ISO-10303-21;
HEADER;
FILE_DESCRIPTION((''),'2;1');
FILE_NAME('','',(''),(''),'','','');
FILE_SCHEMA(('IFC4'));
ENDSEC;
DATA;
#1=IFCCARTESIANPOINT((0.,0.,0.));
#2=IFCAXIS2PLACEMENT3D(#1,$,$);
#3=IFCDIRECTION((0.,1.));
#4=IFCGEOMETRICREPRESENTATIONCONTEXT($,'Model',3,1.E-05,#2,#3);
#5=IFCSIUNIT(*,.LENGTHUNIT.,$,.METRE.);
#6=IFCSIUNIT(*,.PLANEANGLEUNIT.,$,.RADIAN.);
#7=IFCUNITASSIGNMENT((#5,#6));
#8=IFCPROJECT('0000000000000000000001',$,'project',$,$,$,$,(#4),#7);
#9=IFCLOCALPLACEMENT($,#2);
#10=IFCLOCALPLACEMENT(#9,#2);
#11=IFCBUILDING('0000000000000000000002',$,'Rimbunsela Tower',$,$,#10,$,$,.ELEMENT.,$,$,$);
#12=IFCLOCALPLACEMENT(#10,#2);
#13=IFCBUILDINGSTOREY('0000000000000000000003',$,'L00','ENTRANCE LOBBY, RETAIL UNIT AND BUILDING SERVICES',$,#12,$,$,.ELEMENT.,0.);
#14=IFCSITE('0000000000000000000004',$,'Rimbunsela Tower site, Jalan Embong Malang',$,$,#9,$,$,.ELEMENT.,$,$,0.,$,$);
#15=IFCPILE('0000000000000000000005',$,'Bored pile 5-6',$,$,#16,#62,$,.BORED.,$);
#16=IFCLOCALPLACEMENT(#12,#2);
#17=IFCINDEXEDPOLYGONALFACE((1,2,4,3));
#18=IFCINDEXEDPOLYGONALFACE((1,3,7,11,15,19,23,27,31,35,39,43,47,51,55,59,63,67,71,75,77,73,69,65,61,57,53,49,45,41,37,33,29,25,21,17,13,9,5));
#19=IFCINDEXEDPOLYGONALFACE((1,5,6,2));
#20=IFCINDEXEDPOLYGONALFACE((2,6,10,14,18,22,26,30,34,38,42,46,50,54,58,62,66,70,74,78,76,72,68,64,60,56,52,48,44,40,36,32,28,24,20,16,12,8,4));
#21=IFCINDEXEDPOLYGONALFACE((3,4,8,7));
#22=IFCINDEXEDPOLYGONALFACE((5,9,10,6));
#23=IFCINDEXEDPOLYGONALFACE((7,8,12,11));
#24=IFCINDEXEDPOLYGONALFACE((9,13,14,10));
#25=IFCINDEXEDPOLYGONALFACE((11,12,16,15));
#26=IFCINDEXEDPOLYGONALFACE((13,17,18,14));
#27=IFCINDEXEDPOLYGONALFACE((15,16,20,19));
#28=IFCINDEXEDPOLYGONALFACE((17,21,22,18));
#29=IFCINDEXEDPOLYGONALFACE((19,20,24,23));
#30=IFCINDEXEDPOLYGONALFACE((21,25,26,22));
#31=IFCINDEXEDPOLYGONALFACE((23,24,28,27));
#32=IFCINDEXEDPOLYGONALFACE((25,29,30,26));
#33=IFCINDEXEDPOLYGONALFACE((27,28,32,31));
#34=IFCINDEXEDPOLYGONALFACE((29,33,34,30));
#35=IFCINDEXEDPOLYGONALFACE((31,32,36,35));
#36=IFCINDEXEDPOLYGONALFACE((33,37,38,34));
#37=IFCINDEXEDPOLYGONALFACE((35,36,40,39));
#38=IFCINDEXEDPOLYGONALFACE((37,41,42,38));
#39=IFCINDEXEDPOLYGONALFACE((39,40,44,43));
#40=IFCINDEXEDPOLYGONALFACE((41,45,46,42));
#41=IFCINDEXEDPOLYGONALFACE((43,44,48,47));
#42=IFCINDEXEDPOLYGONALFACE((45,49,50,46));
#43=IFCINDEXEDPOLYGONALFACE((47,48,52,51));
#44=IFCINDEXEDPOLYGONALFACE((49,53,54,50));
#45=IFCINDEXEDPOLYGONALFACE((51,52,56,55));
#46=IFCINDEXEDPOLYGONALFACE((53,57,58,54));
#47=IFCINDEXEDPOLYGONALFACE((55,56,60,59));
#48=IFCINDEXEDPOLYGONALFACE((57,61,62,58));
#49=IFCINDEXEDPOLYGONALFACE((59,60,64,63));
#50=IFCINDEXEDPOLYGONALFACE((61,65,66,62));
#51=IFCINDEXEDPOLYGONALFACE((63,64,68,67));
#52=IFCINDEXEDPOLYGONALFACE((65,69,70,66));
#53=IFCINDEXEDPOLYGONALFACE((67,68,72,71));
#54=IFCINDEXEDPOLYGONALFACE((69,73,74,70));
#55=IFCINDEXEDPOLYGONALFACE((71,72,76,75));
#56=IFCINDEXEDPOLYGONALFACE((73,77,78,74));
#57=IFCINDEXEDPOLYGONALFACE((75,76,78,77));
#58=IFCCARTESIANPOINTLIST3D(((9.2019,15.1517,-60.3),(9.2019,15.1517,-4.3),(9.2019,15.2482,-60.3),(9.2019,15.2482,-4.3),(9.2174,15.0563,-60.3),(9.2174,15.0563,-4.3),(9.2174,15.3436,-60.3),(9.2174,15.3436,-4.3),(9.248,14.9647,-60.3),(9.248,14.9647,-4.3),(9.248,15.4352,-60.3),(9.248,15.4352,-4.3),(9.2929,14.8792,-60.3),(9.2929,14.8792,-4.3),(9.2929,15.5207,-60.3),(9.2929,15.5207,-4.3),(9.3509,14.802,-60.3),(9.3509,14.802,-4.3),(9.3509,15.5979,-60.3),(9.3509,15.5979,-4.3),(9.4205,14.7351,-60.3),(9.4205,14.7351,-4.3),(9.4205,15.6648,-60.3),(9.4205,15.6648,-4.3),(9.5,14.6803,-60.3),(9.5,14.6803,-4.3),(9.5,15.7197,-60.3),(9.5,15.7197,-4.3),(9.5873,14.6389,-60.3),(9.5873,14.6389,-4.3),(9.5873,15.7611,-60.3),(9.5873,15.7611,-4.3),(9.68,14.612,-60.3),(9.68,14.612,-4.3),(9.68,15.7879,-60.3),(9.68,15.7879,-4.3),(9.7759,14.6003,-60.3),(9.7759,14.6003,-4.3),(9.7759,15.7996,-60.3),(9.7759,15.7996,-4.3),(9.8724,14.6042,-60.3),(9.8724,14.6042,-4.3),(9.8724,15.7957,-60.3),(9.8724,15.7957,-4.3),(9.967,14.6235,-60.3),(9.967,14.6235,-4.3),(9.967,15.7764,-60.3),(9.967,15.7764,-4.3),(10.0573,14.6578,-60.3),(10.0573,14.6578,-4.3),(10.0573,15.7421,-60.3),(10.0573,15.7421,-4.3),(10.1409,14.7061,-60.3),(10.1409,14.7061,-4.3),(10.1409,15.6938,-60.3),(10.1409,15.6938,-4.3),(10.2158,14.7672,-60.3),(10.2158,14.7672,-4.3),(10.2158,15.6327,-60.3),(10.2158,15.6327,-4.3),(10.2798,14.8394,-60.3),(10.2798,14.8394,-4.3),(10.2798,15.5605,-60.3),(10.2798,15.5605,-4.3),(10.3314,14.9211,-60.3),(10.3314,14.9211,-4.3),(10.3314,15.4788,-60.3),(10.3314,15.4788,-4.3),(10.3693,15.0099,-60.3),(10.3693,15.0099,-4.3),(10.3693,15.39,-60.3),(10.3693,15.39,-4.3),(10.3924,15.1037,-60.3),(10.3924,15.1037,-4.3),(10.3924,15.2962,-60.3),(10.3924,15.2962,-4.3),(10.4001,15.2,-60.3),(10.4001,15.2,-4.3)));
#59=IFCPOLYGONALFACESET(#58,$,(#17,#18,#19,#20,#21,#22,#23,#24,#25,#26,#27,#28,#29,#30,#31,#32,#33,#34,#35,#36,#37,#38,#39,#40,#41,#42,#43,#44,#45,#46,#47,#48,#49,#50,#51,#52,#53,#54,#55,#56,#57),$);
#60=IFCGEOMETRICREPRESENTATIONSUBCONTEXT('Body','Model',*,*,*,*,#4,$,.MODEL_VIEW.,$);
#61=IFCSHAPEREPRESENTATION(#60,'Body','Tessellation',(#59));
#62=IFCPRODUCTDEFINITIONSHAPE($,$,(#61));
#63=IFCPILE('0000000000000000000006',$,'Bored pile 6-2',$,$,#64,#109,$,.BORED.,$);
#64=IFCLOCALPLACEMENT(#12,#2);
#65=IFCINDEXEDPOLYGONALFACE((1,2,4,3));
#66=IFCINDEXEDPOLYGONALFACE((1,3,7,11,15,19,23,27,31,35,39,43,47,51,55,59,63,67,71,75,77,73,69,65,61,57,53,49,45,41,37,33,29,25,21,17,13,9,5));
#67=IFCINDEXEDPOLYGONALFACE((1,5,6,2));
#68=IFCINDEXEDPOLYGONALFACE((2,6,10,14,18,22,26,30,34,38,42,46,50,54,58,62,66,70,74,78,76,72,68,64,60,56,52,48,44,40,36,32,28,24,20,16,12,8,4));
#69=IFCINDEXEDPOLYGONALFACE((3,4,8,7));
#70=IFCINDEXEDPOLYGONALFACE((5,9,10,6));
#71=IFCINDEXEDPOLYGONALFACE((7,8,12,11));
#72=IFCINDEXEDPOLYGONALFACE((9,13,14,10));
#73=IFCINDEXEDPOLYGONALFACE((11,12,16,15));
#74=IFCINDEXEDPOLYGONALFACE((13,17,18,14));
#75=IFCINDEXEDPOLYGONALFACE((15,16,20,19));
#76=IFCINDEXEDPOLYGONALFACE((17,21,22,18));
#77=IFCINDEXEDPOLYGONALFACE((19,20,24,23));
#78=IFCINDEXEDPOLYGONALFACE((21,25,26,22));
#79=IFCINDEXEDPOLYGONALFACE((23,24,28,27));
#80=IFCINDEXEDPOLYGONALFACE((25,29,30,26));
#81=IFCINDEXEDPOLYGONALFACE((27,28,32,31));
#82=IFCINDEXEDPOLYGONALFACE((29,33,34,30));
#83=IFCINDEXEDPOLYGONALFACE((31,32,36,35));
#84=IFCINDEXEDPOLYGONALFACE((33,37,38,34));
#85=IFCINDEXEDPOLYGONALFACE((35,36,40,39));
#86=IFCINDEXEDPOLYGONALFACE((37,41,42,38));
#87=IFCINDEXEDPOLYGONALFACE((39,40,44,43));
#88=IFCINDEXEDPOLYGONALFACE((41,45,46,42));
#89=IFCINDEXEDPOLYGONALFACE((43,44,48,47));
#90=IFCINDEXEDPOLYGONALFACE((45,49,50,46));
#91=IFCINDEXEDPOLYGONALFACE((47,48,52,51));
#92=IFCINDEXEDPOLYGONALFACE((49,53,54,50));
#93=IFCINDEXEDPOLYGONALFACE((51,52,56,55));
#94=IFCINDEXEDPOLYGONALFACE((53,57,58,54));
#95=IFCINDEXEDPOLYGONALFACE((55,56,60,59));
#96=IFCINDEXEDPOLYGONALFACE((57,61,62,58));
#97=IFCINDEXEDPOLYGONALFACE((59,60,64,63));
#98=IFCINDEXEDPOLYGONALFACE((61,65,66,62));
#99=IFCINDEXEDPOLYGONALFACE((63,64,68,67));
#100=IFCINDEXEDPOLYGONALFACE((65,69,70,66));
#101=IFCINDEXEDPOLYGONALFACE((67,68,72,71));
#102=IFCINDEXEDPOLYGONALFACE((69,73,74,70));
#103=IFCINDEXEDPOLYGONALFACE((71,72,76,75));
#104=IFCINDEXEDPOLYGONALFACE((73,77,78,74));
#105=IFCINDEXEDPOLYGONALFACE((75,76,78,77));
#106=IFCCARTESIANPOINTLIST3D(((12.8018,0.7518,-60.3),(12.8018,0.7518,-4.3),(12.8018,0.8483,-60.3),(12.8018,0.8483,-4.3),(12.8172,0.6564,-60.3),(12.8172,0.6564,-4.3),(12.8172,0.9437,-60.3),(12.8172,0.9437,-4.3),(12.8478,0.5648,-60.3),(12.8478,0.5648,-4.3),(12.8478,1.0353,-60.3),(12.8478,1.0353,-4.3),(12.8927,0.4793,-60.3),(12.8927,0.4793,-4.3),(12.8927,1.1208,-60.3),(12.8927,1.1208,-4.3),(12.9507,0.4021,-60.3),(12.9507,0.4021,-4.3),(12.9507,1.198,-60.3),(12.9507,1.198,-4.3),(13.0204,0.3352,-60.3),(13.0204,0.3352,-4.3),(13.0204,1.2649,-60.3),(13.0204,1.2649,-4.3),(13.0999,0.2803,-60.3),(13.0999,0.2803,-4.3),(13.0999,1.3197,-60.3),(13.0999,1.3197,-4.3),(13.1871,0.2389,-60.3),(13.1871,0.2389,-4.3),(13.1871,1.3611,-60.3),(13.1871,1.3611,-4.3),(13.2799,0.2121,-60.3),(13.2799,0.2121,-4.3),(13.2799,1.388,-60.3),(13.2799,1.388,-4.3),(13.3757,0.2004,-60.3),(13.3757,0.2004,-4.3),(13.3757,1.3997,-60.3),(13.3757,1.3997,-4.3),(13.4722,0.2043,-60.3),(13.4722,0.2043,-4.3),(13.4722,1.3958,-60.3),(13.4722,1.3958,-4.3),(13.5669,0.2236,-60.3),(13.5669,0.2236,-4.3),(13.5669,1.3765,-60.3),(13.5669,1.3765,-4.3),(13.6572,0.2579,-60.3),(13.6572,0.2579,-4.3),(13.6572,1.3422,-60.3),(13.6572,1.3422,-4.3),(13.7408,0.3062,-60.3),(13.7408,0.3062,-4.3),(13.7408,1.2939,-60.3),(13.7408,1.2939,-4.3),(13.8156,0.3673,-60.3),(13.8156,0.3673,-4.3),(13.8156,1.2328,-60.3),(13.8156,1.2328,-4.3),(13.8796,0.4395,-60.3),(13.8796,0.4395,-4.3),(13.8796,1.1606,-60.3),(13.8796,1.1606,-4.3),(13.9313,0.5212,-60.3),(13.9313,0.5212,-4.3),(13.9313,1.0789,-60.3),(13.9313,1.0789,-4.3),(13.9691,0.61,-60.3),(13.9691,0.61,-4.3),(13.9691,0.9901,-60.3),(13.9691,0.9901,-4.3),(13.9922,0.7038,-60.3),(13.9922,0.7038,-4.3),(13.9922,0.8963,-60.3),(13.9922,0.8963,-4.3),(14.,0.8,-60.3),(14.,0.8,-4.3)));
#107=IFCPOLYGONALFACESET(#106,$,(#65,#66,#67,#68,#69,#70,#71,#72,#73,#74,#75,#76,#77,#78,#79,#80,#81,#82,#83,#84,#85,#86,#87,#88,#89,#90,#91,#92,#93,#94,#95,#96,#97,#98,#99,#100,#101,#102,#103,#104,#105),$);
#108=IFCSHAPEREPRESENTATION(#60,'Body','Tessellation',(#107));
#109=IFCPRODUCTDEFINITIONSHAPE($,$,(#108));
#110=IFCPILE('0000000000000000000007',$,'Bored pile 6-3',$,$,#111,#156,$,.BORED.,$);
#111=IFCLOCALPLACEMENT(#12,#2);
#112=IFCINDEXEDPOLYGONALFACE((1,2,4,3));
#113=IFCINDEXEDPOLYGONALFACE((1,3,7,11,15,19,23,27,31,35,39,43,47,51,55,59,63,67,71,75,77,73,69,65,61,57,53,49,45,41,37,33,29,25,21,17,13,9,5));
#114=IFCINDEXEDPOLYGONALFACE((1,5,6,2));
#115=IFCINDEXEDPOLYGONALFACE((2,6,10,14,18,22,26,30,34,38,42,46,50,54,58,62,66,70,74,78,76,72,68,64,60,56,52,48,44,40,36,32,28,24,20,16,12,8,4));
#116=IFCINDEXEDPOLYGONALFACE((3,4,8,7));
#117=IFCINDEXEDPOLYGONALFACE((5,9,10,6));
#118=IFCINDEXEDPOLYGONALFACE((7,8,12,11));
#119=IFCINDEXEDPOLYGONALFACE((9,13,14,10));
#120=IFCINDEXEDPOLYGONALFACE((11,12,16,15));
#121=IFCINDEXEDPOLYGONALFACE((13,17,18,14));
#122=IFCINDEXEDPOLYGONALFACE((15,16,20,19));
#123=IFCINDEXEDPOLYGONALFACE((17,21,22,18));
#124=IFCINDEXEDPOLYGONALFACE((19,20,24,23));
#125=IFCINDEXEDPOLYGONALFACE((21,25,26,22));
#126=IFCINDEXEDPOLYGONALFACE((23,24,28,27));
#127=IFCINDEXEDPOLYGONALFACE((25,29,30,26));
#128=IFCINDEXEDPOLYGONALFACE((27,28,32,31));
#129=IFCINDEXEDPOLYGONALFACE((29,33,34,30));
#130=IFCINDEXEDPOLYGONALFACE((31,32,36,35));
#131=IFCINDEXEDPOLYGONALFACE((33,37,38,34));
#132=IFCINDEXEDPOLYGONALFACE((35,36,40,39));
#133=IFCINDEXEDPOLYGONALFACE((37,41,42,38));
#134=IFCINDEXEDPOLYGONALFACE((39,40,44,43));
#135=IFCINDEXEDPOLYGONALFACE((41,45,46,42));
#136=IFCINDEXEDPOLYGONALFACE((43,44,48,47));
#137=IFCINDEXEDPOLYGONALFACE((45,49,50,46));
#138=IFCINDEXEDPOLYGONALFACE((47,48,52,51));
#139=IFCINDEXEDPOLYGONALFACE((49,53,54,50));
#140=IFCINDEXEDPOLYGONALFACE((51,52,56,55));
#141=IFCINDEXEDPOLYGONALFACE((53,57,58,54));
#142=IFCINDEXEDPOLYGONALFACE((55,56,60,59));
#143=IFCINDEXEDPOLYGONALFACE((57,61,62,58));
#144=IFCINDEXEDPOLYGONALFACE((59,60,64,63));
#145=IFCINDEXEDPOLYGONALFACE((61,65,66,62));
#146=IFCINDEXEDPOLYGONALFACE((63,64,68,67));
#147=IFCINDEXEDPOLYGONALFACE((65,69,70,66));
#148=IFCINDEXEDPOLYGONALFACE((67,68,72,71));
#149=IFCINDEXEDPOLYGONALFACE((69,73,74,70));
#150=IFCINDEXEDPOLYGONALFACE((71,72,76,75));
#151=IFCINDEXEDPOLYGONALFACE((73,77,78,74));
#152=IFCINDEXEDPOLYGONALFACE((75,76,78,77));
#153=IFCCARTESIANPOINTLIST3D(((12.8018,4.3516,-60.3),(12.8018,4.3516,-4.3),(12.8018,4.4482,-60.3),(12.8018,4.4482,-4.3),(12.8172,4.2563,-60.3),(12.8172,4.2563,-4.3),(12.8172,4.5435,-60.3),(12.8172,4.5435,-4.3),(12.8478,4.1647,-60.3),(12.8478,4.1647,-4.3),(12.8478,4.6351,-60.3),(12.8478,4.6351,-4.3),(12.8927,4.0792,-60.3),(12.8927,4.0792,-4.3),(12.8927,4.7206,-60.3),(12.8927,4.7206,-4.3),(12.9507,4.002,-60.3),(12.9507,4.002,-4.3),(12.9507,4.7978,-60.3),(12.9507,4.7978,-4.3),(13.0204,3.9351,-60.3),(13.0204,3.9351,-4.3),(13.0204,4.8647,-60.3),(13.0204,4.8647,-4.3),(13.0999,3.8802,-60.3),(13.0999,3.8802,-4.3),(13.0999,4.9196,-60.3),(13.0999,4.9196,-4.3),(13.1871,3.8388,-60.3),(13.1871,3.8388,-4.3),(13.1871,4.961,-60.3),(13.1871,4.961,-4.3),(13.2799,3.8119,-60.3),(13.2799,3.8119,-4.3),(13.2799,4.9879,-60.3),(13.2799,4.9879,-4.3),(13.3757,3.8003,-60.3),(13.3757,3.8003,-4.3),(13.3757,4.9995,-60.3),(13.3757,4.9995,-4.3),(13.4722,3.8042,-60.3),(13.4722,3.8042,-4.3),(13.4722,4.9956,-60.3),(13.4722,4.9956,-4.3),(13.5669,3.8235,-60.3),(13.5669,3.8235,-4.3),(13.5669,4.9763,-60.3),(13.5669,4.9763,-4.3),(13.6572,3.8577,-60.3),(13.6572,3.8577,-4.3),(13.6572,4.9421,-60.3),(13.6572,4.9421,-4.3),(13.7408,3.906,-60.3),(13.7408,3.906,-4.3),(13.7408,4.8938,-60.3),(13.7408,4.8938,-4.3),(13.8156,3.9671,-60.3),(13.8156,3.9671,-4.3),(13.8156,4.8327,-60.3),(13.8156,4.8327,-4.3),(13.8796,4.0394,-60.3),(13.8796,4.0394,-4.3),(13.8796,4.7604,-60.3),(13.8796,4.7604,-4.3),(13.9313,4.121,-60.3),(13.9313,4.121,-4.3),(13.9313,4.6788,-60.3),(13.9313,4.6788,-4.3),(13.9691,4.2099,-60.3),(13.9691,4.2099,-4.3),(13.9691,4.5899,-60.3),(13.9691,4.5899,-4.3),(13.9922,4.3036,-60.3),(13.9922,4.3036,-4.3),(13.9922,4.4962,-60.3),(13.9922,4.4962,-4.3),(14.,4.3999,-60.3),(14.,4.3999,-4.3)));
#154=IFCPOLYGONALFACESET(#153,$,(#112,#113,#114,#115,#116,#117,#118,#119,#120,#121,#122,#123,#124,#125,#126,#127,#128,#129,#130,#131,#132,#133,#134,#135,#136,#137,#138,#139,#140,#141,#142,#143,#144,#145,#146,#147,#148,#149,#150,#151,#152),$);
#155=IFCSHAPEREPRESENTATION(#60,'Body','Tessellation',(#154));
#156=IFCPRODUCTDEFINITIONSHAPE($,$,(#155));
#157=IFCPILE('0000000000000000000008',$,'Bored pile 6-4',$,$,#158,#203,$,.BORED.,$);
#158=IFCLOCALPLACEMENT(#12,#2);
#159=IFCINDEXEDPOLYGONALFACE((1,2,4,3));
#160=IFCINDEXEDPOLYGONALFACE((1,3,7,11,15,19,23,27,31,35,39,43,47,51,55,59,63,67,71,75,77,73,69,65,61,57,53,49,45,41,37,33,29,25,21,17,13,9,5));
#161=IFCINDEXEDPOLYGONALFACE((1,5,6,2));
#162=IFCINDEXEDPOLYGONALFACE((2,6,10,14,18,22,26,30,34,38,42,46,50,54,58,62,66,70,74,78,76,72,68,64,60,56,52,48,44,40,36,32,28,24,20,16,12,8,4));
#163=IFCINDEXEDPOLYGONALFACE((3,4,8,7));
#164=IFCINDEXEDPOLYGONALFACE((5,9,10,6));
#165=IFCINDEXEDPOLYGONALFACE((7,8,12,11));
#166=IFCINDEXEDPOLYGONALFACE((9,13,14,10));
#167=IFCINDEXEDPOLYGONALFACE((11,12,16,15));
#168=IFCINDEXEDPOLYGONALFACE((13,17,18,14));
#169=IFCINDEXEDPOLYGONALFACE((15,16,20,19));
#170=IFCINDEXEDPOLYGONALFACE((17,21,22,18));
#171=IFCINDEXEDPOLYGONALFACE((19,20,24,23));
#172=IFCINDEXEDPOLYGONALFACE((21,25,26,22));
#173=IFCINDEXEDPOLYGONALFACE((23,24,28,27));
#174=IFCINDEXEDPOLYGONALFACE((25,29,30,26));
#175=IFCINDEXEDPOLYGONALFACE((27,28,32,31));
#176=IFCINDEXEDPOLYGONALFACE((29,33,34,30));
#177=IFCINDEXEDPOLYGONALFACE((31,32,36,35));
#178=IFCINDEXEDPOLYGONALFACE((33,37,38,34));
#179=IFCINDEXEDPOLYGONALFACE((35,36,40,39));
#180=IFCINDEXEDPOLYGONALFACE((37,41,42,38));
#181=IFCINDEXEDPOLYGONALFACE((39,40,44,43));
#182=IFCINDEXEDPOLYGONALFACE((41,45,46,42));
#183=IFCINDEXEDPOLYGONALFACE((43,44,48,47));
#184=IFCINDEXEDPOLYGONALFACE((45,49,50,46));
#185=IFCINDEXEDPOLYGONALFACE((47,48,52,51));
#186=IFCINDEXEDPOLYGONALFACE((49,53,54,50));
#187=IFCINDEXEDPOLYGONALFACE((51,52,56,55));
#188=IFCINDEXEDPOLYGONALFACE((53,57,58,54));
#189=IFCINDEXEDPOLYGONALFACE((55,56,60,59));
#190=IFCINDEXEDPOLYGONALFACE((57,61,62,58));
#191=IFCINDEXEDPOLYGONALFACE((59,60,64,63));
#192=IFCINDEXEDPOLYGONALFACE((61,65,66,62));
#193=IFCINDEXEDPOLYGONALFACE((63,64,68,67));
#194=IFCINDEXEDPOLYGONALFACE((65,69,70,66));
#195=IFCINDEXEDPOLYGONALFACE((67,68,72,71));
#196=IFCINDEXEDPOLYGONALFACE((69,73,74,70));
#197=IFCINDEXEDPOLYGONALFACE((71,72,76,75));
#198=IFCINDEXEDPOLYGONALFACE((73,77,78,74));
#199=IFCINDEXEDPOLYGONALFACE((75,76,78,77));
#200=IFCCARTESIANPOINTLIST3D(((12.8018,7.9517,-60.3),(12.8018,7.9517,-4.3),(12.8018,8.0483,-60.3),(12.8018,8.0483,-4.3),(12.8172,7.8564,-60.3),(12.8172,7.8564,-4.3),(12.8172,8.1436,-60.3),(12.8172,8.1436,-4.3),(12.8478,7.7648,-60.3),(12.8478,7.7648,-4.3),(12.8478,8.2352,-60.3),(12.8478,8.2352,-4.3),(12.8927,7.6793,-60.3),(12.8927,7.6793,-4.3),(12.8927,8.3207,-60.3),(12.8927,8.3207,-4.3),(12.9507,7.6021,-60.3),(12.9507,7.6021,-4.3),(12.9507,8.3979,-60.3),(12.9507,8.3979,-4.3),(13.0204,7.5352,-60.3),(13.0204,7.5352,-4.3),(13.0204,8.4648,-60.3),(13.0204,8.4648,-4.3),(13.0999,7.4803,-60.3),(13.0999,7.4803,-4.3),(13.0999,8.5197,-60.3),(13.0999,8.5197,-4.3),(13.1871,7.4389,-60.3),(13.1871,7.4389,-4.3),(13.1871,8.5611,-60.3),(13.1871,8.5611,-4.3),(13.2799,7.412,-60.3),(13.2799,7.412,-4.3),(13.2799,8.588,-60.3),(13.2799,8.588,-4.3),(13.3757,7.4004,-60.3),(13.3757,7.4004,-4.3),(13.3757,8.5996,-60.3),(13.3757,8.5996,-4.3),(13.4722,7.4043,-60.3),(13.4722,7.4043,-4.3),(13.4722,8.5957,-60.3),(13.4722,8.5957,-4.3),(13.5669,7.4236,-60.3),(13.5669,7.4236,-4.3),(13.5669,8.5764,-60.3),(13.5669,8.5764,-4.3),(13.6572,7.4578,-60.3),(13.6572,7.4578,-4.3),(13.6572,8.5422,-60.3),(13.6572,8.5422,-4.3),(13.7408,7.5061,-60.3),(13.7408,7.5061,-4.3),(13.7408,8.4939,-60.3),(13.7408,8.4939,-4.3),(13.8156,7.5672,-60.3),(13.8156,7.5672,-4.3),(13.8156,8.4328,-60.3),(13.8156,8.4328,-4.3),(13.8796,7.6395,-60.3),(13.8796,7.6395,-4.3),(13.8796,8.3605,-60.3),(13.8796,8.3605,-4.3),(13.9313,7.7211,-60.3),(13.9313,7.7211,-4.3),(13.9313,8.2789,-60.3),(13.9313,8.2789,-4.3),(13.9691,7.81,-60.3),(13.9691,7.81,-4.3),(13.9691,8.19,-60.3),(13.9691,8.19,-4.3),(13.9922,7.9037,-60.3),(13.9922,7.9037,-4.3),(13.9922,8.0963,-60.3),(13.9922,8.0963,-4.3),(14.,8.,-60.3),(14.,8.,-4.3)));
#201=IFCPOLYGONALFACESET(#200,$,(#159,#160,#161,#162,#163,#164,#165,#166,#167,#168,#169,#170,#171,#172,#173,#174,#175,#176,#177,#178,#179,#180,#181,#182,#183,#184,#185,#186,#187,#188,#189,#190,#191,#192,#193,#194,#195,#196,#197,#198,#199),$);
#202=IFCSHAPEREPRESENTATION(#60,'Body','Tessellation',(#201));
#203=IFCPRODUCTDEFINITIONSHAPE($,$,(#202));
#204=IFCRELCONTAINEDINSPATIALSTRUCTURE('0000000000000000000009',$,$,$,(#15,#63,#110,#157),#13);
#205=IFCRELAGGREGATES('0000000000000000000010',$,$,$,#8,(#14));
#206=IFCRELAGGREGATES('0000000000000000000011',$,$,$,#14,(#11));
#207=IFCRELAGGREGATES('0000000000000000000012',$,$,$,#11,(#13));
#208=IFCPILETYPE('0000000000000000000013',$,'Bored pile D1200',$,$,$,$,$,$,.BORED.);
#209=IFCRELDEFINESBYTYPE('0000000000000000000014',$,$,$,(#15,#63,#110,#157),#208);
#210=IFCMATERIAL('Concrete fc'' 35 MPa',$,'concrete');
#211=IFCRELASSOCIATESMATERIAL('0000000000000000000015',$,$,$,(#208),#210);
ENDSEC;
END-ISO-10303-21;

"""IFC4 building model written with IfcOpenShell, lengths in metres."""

from ifc_helpers import new_model, si_unit, direction, frame, origin, origin_2d, place, context, subcontext, project, spatial, circle, extrude, material, material_profile, profile_set, type_object, element, save


model = new_model("IFC4")

# Units and contexts
model_context = context("Model", 3, precision=1e-05, world=origin(), true_north=direction((0.0, 1.0)))
body_context = subcontext(model_context, "Body", "Model", "MODEL_VIEW")
ifc_project = project(units=[si_unit("LENGTHUNIT", "METRE"), si_unit("PLANEANGLEUNIT", "RADIAN")], contexts=[model_context])

# Site, building, storey
site_placement = place(None, origin())
site = spatial("IfcSite", under=ifc_project, at=site_placement, Name="Rimbunsela Tower site, Jalan Embong Malang", CompositionType="ELEMENT", RefElevation=0.0)
building_placement = place(site_placement, origin())
building = spatial("IfcBuilding", under=site, at=building_placement, Name="Rimbunsela Tower", CompositionType="ELEMENT")
storey_placement = place(building_placement, origin())
storey = spatial("IfcBuildingStorey", under=building, at=storey_placement, Name="L00", Description="ENTRANCE LOBBY, RETAIL UNIT AND BUILDING SERVICES", CompositionType="ELEMENT", Elevation=0.0)

# Piles
ifc_material_1 = material(Name="Concrete fc' 35 MPa", Category="concrete")
ifc_material_profile_1 = material_profile(ifc_material_1, circle(Radius=0.6001, at=origin_2d()), Name="BP D1200")
ifc_profile_set_1 = profile_set([ifc_material_profile_1], Name="Concrete fc' 35 MPa")
pile_type = type_object("IfcPileType", Name="Bored pile D1200", PredefinedType="BORED", material=ifc_profile_set_1)
for number, where, z_axis, x_axis, name in (
    (1, (9.8, 15.2, -4.3), (0.0, 0.0, -1.0), (1.0, 0.0, 0.0), "Bored pile 5-6"),
    (2, (13.3999, 0.8, -4.3), (0.0, 0.0, -1.0), (1.0, 0.0, 0.0), "Bored pile 6-2"),
    (3, (13.3999, 4.3999, -4.3), (0.0, 0.0, -1.0), (1.0, 0.0, 0.0), "Bored pile 6-3"),
    (4, (13.3999, 8.0, -4.3), (0.0, 0.0, -1.0), (1.0, 0.0, 0.0), "Bored pile 6-4"),
):
    element("IfcPile", number, at=place(storey_placement, frame(where, z_axis=z_axis, x_axis=x_axis)), inside=storey, type_object=pile_type, Name=name, PredefinedType="BORED", context=body_context, shape_type="SweptSolid", body=[
        extrude(circle(Radius=0.6001, at=origin_2d()), origin(), (0.0, 0.0, 1.0), 56.0),
    ])

save(model, "model.ifc")
